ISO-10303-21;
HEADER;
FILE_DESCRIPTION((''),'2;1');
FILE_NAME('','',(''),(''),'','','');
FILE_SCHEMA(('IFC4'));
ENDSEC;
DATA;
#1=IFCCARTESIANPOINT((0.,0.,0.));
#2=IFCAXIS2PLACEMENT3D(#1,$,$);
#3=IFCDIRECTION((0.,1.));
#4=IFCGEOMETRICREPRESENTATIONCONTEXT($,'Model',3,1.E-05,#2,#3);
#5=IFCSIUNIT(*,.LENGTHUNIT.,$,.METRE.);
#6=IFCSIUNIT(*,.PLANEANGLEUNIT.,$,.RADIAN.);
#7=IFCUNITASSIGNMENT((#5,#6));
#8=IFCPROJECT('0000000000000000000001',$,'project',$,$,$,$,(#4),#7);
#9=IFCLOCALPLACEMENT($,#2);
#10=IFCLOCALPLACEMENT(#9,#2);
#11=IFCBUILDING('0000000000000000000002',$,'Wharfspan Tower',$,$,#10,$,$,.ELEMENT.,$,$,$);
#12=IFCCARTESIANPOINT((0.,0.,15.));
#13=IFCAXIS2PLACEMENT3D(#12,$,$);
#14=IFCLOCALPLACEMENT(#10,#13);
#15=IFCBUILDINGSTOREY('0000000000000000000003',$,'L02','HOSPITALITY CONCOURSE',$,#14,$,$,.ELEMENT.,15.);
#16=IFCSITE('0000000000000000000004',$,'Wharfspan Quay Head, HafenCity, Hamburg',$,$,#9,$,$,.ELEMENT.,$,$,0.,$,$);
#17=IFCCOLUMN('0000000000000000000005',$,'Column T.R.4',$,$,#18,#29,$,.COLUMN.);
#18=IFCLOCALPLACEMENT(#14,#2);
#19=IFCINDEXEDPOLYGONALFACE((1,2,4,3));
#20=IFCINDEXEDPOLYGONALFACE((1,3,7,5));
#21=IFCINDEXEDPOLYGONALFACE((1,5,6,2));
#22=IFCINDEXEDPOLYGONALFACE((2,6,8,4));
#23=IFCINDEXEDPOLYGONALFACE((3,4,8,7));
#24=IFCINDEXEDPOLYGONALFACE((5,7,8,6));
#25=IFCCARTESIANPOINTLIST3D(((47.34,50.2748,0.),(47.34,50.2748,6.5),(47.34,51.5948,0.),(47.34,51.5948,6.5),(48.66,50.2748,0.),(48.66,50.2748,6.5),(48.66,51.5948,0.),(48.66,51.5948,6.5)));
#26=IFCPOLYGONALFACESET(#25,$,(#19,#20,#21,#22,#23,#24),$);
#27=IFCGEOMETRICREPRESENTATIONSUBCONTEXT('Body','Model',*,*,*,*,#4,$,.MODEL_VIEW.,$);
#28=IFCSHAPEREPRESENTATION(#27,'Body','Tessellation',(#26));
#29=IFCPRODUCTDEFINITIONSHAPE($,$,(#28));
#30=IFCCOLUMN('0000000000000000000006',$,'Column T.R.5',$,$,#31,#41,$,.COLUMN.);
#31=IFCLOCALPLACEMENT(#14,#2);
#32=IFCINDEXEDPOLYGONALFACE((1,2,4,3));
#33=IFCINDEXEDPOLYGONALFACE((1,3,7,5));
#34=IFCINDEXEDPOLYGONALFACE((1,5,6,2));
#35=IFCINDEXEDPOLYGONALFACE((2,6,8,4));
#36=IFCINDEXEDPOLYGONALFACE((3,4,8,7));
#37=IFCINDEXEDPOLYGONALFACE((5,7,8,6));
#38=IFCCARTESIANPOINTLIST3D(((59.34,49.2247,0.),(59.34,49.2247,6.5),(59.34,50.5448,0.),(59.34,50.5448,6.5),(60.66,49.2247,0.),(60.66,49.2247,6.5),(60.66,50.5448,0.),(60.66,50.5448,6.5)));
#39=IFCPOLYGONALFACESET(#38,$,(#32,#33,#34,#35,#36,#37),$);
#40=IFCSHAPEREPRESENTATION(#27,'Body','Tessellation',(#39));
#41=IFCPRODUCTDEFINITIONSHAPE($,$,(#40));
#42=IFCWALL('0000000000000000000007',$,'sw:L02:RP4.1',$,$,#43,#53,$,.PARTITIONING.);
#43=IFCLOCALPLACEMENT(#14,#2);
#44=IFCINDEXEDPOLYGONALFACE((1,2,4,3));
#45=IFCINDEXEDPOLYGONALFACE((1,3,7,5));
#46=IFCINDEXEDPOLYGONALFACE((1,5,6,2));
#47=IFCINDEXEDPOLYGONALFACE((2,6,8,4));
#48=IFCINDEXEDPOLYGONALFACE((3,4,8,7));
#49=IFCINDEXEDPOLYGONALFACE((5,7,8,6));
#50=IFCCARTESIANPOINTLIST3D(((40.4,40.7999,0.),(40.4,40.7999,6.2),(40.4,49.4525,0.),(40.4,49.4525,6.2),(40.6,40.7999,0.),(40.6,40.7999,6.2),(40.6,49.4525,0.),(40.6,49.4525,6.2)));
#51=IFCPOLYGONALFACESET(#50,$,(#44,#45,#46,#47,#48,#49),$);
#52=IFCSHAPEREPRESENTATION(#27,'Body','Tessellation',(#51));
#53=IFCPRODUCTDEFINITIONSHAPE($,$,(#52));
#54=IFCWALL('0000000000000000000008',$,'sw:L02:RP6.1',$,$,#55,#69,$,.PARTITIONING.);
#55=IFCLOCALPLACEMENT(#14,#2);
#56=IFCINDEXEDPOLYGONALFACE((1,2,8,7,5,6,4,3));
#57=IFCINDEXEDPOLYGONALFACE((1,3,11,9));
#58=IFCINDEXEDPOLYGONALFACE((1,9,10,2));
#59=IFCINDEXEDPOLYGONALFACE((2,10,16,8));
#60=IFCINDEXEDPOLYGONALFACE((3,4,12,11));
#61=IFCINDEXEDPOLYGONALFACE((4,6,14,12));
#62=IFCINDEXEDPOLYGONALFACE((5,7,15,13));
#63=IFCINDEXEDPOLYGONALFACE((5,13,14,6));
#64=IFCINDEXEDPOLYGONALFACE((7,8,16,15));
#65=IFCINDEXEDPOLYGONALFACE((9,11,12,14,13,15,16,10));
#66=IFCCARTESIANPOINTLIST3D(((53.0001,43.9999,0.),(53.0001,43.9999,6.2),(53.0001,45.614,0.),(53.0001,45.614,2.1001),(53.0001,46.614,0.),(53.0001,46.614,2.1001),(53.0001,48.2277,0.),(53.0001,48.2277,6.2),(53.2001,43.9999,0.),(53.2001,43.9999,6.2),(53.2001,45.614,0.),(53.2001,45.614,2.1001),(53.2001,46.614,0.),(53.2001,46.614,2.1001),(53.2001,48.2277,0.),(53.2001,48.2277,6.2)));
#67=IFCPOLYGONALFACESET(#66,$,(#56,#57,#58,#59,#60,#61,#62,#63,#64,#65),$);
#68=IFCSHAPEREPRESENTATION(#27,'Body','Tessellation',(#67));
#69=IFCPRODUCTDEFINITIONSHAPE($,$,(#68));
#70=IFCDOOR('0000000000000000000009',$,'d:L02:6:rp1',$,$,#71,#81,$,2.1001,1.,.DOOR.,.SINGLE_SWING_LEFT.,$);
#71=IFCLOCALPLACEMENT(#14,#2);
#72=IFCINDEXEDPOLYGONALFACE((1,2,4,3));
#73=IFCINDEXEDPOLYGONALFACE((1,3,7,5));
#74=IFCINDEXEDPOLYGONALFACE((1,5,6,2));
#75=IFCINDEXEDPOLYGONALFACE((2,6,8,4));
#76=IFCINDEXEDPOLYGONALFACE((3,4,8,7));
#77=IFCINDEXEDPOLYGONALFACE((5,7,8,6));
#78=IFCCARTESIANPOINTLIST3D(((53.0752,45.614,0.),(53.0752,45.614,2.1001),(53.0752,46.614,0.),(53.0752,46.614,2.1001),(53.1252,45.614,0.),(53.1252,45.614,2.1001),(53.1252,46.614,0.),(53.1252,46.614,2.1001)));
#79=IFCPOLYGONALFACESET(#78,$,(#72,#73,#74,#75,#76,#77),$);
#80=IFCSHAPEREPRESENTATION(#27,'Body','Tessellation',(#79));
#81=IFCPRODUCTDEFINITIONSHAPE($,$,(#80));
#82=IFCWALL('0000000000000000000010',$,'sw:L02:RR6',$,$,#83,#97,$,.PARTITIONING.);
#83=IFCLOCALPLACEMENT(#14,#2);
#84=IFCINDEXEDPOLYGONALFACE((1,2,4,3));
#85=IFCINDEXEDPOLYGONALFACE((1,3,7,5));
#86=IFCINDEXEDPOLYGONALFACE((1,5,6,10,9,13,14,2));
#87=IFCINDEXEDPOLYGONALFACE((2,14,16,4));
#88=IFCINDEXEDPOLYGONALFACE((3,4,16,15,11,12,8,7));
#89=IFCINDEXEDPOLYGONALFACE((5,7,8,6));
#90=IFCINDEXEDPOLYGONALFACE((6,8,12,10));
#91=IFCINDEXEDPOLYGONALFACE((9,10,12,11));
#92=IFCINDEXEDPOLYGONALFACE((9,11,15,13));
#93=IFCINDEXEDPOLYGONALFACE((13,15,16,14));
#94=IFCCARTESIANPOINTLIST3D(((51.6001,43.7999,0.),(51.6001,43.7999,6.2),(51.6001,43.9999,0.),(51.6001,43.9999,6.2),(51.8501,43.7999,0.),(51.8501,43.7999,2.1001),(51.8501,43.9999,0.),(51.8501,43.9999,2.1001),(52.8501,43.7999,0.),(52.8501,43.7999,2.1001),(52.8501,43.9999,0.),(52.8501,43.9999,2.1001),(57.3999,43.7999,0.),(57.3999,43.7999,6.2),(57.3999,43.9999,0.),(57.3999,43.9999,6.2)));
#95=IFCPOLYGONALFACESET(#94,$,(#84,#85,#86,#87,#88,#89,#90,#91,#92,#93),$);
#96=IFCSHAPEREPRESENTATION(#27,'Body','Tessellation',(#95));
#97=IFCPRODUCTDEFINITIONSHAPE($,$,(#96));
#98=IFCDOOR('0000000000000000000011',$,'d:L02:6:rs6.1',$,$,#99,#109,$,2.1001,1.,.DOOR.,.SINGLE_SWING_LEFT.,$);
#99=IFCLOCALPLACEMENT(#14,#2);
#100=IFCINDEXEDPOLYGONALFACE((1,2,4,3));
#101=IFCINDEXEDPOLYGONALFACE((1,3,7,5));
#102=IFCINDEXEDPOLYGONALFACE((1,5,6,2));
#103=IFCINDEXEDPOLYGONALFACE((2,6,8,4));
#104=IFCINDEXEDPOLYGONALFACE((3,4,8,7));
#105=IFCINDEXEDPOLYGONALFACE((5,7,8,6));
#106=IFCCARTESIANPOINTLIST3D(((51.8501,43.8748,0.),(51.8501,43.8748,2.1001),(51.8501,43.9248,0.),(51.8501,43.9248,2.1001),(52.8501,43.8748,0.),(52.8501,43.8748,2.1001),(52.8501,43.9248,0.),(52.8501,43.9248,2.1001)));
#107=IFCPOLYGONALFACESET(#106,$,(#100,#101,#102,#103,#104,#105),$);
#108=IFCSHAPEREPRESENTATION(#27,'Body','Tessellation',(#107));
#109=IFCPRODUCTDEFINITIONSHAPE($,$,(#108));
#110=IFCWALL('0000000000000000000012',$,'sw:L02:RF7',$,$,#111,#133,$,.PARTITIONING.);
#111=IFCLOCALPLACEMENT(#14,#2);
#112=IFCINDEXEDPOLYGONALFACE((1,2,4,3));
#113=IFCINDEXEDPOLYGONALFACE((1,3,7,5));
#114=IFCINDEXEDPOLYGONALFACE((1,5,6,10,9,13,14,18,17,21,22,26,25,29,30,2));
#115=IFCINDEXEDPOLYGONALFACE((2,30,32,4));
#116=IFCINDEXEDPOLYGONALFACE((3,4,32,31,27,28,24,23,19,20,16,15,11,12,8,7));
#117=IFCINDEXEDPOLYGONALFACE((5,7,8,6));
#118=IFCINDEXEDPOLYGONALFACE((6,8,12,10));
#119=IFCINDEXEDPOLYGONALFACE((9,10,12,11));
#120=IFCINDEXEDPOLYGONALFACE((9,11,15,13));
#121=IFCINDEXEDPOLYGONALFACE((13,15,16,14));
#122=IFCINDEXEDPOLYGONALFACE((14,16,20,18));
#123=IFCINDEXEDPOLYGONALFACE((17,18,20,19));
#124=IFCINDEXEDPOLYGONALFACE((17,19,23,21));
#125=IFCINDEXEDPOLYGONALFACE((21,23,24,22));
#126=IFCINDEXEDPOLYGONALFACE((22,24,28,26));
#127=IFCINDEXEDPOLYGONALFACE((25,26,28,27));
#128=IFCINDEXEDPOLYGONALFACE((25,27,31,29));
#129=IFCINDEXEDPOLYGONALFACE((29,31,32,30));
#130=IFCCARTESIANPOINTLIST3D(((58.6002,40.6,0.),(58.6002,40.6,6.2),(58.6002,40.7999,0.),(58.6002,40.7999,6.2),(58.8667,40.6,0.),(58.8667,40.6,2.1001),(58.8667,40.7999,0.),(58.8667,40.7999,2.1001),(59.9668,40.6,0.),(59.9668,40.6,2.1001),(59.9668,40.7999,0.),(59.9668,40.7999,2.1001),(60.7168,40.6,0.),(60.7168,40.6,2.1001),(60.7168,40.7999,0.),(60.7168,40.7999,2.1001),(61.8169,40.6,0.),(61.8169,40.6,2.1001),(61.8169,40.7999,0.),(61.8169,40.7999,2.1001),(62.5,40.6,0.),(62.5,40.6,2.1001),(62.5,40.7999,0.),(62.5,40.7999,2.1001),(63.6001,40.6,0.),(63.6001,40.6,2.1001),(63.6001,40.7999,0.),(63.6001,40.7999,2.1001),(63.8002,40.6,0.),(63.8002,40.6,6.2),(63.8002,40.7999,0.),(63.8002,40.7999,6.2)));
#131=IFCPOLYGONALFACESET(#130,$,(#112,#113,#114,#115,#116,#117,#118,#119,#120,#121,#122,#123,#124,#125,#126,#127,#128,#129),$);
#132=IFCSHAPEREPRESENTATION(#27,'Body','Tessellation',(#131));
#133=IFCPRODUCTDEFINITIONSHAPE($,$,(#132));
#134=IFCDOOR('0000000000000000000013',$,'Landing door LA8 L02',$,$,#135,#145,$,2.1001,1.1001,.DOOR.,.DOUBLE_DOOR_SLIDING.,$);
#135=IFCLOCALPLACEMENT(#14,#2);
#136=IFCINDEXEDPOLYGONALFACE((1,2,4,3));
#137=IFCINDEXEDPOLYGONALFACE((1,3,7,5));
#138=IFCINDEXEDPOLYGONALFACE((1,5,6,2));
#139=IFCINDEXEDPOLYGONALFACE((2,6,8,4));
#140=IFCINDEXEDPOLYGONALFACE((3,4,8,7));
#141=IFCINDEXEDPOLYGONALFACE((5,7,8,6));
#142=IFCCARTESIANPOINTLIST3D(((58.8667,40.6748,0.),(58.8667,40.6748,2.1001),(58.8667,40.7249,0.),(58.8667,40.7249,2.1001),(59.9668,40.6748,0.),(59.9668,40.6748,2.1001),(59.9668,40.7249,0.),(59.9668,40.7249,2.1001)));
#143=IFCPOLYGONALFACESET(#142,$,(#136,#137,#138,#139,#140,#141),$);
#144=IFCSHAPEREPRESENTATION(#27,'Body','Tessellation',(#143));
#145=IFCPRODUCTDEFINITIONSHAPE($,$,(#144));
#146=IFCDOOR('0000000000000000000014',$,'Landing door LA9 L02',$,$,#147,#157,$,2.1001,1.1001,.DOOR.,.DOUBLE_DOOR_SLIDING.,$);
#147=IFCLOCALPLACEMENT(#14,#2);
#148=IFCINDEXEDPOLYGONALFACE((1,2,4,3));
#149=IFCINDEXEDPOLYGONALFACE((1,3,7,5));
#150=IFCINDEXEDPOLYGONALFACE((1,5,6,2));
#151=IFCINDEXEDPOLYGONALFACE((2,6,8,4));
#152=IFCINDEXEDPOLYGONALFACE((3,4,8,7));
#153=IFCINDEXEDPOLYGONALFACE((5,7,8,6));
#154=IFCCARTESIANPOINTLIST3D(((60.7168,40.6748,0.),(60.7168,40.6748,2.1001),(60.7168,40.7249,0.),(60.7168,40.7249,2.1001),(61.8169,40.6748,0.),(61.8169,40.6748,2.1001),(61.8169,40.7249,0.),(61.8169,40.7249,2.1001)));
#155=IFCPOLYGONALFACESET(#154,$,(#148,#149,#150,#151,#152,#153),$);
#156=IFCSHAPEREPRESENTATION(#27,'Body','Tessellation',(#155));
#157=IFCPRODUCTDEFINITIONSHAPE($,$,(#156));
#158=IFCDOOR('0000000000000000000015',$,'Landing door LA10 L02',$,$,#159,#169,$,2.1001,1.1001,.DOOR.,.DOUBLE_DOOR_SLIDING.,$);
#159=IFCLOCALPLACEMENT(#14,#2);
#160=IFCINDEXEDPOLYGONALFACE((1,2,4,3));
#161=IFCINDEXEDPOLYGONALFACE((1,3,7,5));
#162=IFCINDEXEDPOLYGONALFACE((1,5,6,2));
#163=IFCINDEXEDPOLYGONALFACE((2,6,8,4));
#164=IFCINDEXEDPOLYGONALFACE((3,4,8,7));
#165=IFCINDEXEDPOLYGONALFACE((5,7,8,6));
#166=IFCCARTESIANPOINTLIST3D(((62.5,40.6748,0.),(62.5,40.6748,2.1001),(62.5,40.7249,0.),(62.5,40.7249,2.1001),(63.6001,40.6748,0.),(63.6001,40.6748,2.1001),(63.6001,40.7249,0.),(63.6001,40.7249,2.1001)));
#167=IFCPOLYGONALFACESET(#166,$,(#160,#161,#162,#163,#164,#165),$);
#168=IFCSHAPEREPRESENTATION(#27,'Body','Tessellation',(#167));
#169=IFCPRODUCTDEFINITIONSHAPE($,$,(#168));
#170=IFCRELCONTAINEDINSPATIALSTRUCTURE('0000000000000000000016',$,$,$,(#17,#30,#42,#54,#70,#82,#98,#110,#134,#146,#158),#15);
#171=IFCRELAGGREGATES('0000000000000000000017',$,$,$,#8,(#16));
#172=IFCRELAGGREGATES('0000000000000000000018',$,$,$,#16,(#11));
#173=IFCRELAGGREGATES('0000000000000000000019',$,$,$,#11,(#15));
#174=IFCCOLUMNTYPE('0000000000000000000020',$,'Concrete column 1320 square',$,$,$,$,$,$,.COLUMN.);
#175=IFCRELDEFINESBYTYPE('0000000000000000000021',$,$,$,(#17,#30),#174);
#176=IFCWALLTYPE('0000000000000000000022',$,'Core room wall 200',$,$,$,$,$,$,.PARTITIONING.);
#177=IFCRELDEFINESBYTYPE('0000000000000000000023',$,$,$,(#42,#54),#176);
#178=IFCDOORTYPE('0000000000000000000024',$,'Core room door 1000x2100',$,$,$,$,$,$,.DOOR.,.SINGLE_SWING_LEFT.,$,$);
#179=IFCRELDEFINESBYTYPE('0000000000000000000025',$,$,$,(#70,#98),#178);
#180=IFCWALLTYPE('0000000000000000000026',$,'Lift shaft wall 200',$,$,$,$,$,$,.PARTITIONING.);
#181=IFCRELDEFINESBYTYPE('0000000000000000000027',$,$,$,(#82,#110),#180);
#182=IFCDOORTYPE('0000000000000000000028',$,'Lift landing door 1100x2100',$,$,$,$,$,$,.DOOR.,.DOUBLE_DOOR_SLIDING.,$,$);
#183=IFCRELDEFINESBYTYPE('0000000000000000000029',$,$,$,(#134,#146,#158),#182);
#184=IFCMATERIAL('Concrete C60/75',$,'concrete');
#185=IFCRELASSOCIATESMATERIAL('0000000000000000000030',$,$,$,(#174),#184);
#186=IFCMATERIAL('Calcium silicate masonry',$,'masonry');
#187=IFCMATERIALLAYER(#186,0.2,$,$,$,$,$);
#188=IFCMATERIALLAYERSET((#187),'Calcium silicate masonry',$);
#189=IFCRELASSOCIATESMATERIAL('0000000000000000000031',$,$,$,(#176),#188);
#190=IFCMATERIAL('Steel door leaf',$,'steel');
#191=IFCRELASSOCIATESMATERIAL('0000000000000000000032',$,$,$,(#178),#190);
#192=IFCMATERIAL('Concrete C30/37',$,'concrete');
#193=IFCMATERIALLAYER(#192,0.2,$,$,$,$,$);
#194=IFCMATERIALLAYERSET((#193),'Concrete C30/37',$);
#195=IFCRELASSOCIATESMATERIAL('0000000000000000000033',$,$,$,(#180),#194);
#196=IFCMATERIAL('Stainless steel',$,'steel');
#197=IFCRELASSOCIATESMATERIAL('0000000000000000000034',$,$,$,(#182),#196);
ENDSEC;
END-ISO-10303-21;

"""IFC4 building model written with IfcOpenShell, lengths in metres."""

from ifc_helpers import new_model, si_unit, direction, frame, frame_2d, origin, origin_2d, place, context, subcontext, project, spatial, rectangle, extrude, material, layer, layer_set, material_profile, profile_set, type_object, element, fill, save


model = new_model("IFC4")

# Units and contexts
model_context = context("Model", 3, precision=1e-05, world=origin(), true_north=direction((0.0, 1.0)))
body_context = subcontext(model_context, "Body", "Model", "MODEL_VIEW")
ifc_project = project(units=[si_unit("LENGTHUNIT", "METRE"), si_unit("PLANEANGLEUNIT", "RADIAN")], contexts=[model_context])

# Site, building, storey
site_placement = place(None, origin())
site = spatial("IfcSite", under=ifc_project, at=site_placement, Name="Wharfspan Quay Head, HafenCity, Hamburg", CompositionType="ELEMENT", RefElevation=0.0)
building_placement = place(site_placement, origin())
building = spatial("IfcBuilding", under=site, at=building_placement, Name="Wharfspan Tower", CompositionType="ELEMENT")
storey_placement = place(building_placement, frame((0.0, 0.0, 15.0)))
storey = spatial("IfcBuildingStorey", under=building, at=storey_placement, Name="L02", Description="HOSPITALITY CONCOURSE", CompositionType="ELEMENT", Elevation=15.0)

# Columns
ifc_material_1 = material(Name="Concrete C60/75", Category="concrete")
ifc_material_profile = material_profile(ifc_material_1, rectangle(XDim=1.3201, YDim=1.3201, at=origin_2d()))
ifc_profile_set = profile_set([ifc_material_profile], Name="Concrete C60/75")
column_type = type_object("IfcColumnType", Name="Concrete column 1320 square", PredefinedType="COLUMN", material=ifc_profile_set)
for number, where, z_axis, x_axis, name in (
    (1, (48.0, 50.9348, 0.0), (0.0, 0.0, 1.0), (1.0, 0.0, 0.0), "Column T.R.4"),
    (2, (60.0, 49.8848, 0.0), (0.0, 0.0, 1.0), (1.0, 0.0, 0.0), "Column T.R.5"),
):
    element("IfcColumn", number, at=place(storey_placement, frame(where, z_axis=z_axis, x_axis=x_axis)), inside=storey, type_object=column_type, Name=name, PredefinedType="COLUMN", context=body_context, shape_type="SweptSolid", body=[
        extrude(rectangle(XDim=1.3201, YDim=1.3201, at=origin_2d()), origin(), (0.0, 0.0, 1.0), 6.5),
    ])

# Wall
ifc_material_2 = material(Name="Calcium silicate masonry", Category="masonry")
ifc_layer_1 = layer(ifc_material_2, 0.2)
ifc_layer_set_1 = layer_set([ifc_layer_1], Name="Calcium silicate masonry")
wall_type_1 = type_object("IfcWallType", Name="Core room wall 200", PredefinedType="PARTITIONING", material=ifc_layer_set_1)
wall_1_placement = place(storey_placement, frame((40.5, 40.8, 0.0), z_axis=(0.0, 0.0, 1.0), x_axis=(0.0, 1.0, 0.0)))
element("IfcWall", 3, at=wall_1_placement, inside=storey, type_object=wall_type_1, Name="sw:L02:RP4.1", PredefinedType="PARTITIONING", context=body_context, shape_type="SweptSolid", body=[
    extrude(rectangle(XDim=8.6526, YDim=0.2, at=frame_2d((4.3262, 0.0))), origin(), (0.0, 0.0, 1.0), 6.2),
])

# Walls, openings, doors
wall_2_placement = place(storey_placement, frame((53.1001, 44.0, 0.0), z_axis=(0.0, 0.0, 1.0), x_axis=(0.0, 1.0, 0.0)))
wall_2 = element("IfcWall", 4, at=wall_2_placement, inside=storey, type_object=wall_type_1, Name="sw:L02:RP6.1", PredefinedType="PARTITIONING", context=body_context, shape_type="SweptSolid", body=[
    extrude(rectangle(XDim=4.2278, YDim=0.2, at=frame_2d((2.1138, 0.0))), origin(), (0.0, 0.0, 1.0), 6.2),
])
opening_1_placement = place(wall_2_placement, frame((1.614, 0.0, 0.0)))
opening_1 = element("IfcOpeningElement", 5, at=opening_1_placement, cuts=wall_2, PredefinedType="OPENING", context=body_context, shape_type="SweptSolid", body=[
    extrude(rectangle(XDim=1.0, YDim=2.1001, at=frame_2d((0.5, 1.05))), frame((0.0, 0.1099, 0.0), z_axis=(0.0, -1.0, 0.0), x_axis=(1.0, 0.0, 0.0)), (0.0, 0.0, 1.0), 0.22),
])
ifc_material_3 = material(Name="Steel door leaf", Category="steel")
door_type_1 = type_object("IfcDoorType", Name="Core room door 1000x2100", OperationType="SINGLE_SWING_LEFT", PredefinedType="DOOR", material=ifc_material_3)
door_1_placement = place(opening_1_placement, origin())
door_1 = element("IfcDoor", 6, at=door_1_placement, inside=storey, type_object=door_type_1, Name="d:L02:6:rp1", OperationType="SINGLE_SWING_LEFT", OverallHeight=2.1001, OverallWidth=1.0, PredefinedType="DOOR", context=body_context, shape_type="SweptSolid", body=[
    extrude(rectangle(XDim=1.0, YDim=2.1001, at=frame_2d((0.5, 1.05))), frame((0.0, 0.0249, 0.0), z_axis=(0.0, -1.0, 0.0), x_axis=(1.0, 0.0, 0.0)), (0.0, 0.0, 1.0), 0.05),
])
fill(opening_1, door_1)
ifc_material_4 = material(Name="Concrete C30/37", Category="concrete")
ifc_layer_2 = layer(ifc_material_4, 0.2)
ifc_layer_set_2 = layer_set([ifc_layer_2], Name="Concrete C30/37")
wall_type_2 = type_object("IfcWallType", Name="Lift shaft wall 200", PredefinedType="PARTITIONING", material=ifc_layer_set_2)
wall_3_placement = place(storey_placement, frame((51.6001, 43.8999, 0.0), z_axis=(0.0, 0.0, 1.0), x_axis=(1.0, 0.0, 0.0)))
wall_3 = element("IfcWall", 7, at=wall_3_placement, inside=storey, type_object=wall_type_2, Name="sw:L02:RR6", PredefinedType="PARTITIONING", context=body_context, shape_type="SweptSolid", body=[
    extrude(rectangle(XDim=5.7998, YDim=0.2, at=frame_2d((2.8999, 0.0))), origin(), (0.0, 0.0, 1.0), 6.2),
])
opening_2_placement = place(wall_3_placement, frame((0.25, 0.0, 0.0)))
opening_2 = element("IfcOpeningElement", 8, at=opening_2_placement, cuts=wall_3, PredefinedType="OPENING", context=body_context, shape_type="SweptSolid", body=[
    extrude(rectangle(XDim=1.0, YDim=2.1001, at=frame_2d((0.5, 1.05))), frame((0.0, 0.1099, 0.0), z_axis=(0.0, -1.0, 0.0), x_axis=(1.0, 0.0, 0.0)), (0.0, 0.0, 1.0), 0.22),
])
door_2_placement = place(opening_2_placement, origin())
door_2 = element("IfcDoor", 9, at=door_2_placement, inside=storey, type_object=door_type_1, Name="d:L02:6:rs6.1", OperationType="SINGLE_SWING_LEFT", OverallHeight=2.1001, OverallWidth=1.0, PredefinedType="DOOR", context=body_context, shape_type="SweptSolid", body=[
    extrude(rectangle(XDim=1.0, YDim=2.1001, at=frame_2d((0.5, 1.05))), frame((0.0, 0.0249, 0.0), z_axis=(0.0, -1.0, 0.0), x_axis=(1.0, 0.0, 0.0)), (0.0, 0.0, 1.0), 0.05),
])
fill(opening_2, door_2)

# Wall, openings, doors
wall_4_placement = place(storey_placement, frame((58.6001, 40.7, 0.0), z_axis=(0.0, 0.0, 1.0), x_axis=(1.0, 0.0, 0.0)))
wall_4 = element("IfcWall", 10, at=wall_4_placement, inside=storey, type_object=wall_type_2, Name="sw:L02:RF7", PredefinedType="PARTITIONING", context=body_context, shape_type="SweptSolid", body=[
    extrude(rectangle(XDim=5.2, YDim=0.2, at=frame_2d((2.6001, 0.0))), origin(), (0.0, 0.0, 1.0), 6.2),
])
opening_3_placement = place(wall_4_placement, frame((0.2666, 0.0, 0.0)))
opening_3 = element("IfcOpeningElement", 11, at=opening_3_placement, cuts=wall_4, PredefinedType="OPENING", context=body_context, shape_type="SweptSolid", body=[
    extrude(rectangle(XDim=1.1001, YDim=2.1001, at=frame_2d((0.55, 1.05))), frame((0.0, 0.1099, 0.0), z_axis=(0.0, -1.0, 0.0), x_axis=(1.0, 0.0, 0.0)), (0.0, 0.0, 1.0), 0.22),
])
opening_4_placement = place(wall_4_placement, frame((2.1167, 0.0, 0.0)))
opening_4 = element("IfcOpeningElement", 12, at=opening_4_placement, cuts=wall_4, PredefinedType="OPENING", context=body_context, shape_type="SweptSolid", body=[
    extrude(rectangle(XDim=1.1001, YDim=2.1001, at=frame_2d((0.55, 1.05))), frame((0.0, 0.1099, 0.0), z_axis=(0.0, -1.0, 0.0), x_axis=(1.0, 0.0, 0.0)), (0.0, 0.0, 1.0), 0.22),
])
opening_5_placement = place(wall_4_placement, frame((3.8999, 0.0, 0.0)))
opening_5 = element("IfcOpeningElement", 13, at=opening_5_placement, cuts=wall_4, PredefinedType="OPENING", context=body_context, shape_type="SweptSolid", body=[
    extrude(rectangle(XDim=1.1001, YDim=2.1001, at=frame_2d((0.55, 1.05))), frame((0.0, 0.1099, 0.0), z_axis=(0.0, -1.0, 0.0), x_axis=(1.0, 0.0, 0.0)), (0.0, 0.0, 1.0), 0.22),
])
ifc_material_5 = material(Name="Stainless steel", Category="steel")
door_type_2 = type_object("IfcDoorType", Name="Lift landing door 1100x2100", OperationType="DOUBLE_DOOR_SLIDING", PredefinedType="DOOR", material=ifc_material_5)
door_3_placement = place(opening_3_placement, origin())
door_3 = element("IfcDoor", 14, at=door_3_placement, inside=storey, type_object=door_type_2, Name="Landing door LA8 L02", OperationType="DOUBLE_DOOR_SLIDING", OverallHeight=2.1001, OverallWidth=1.1001, PredefinedType="DOOR", context=body_context, shape_type="SweptSolid", body=[
    extrude(rectangle(XDim=1.1001, YDim=2.1001, at=frame_2d((0.55, 1.05))), frame((0.0, 0.0249, 0.0), z_axis=(0.0, -1.0, 0.0), x_axis=(1.0, 0.0, 0.0)), (0.0, 0.0, 1.0), 0.05),
])
fill(opening_3, door_3)
door_4_placement = place(opening_4_placement, origin())
door_4 = element("IfcDoor", 15, at=door_4_placement, inside=storey, type_object=door_type_2, Name="Landing door LA9 L02", OperationType="DOUBLE_DOOR_SLIDING", OverallHeight=2.1001, OverallWidth=1.1001, PredefinedType="DOOR", context=body_context, shape_type="SweptSolid", body=[
    extrude(rectangle(XDim=1.1001, YDim=2.1001, at=frame_2d((0.55, 1.05))), frame((0.0, 0.0249, 0.0), z_axis=(0.0, -1.0, 0.0), x_axis=(1.0, 0.0, 0.0)), (0.0, 0.0, 1.0), 0.05),
])
fill(opening_4, door_4)
door_5_placement = place(opening_5_placement, origin())
door_5 = element("IfcDoor", 16, at=door_5_placement, inside=storey, type_object=door_type_2, Name="Landing door LA10 L02", OperationType="DOUBLE_DOOR_SLIDING", OverallHeight=2.1001, OverallWidth=1.1001, PredefinedType="DOOR", context=body_context, shape_type="SweptSolid", body=[
    extrude(rectangle(XDim=1.1001, YDim=2.1001, at=frame_2d((0.55, 1.05))), frame((0.0, 0.0249, 0.0), z_axis=(0.0, -1.0, 0.0), x_axis=(1.0, 0.0, 0.0)), (0.0, 0.0, 1.0), 0.05),
])
fill(opening_5, door_5)

save(model, "model.ifc")
